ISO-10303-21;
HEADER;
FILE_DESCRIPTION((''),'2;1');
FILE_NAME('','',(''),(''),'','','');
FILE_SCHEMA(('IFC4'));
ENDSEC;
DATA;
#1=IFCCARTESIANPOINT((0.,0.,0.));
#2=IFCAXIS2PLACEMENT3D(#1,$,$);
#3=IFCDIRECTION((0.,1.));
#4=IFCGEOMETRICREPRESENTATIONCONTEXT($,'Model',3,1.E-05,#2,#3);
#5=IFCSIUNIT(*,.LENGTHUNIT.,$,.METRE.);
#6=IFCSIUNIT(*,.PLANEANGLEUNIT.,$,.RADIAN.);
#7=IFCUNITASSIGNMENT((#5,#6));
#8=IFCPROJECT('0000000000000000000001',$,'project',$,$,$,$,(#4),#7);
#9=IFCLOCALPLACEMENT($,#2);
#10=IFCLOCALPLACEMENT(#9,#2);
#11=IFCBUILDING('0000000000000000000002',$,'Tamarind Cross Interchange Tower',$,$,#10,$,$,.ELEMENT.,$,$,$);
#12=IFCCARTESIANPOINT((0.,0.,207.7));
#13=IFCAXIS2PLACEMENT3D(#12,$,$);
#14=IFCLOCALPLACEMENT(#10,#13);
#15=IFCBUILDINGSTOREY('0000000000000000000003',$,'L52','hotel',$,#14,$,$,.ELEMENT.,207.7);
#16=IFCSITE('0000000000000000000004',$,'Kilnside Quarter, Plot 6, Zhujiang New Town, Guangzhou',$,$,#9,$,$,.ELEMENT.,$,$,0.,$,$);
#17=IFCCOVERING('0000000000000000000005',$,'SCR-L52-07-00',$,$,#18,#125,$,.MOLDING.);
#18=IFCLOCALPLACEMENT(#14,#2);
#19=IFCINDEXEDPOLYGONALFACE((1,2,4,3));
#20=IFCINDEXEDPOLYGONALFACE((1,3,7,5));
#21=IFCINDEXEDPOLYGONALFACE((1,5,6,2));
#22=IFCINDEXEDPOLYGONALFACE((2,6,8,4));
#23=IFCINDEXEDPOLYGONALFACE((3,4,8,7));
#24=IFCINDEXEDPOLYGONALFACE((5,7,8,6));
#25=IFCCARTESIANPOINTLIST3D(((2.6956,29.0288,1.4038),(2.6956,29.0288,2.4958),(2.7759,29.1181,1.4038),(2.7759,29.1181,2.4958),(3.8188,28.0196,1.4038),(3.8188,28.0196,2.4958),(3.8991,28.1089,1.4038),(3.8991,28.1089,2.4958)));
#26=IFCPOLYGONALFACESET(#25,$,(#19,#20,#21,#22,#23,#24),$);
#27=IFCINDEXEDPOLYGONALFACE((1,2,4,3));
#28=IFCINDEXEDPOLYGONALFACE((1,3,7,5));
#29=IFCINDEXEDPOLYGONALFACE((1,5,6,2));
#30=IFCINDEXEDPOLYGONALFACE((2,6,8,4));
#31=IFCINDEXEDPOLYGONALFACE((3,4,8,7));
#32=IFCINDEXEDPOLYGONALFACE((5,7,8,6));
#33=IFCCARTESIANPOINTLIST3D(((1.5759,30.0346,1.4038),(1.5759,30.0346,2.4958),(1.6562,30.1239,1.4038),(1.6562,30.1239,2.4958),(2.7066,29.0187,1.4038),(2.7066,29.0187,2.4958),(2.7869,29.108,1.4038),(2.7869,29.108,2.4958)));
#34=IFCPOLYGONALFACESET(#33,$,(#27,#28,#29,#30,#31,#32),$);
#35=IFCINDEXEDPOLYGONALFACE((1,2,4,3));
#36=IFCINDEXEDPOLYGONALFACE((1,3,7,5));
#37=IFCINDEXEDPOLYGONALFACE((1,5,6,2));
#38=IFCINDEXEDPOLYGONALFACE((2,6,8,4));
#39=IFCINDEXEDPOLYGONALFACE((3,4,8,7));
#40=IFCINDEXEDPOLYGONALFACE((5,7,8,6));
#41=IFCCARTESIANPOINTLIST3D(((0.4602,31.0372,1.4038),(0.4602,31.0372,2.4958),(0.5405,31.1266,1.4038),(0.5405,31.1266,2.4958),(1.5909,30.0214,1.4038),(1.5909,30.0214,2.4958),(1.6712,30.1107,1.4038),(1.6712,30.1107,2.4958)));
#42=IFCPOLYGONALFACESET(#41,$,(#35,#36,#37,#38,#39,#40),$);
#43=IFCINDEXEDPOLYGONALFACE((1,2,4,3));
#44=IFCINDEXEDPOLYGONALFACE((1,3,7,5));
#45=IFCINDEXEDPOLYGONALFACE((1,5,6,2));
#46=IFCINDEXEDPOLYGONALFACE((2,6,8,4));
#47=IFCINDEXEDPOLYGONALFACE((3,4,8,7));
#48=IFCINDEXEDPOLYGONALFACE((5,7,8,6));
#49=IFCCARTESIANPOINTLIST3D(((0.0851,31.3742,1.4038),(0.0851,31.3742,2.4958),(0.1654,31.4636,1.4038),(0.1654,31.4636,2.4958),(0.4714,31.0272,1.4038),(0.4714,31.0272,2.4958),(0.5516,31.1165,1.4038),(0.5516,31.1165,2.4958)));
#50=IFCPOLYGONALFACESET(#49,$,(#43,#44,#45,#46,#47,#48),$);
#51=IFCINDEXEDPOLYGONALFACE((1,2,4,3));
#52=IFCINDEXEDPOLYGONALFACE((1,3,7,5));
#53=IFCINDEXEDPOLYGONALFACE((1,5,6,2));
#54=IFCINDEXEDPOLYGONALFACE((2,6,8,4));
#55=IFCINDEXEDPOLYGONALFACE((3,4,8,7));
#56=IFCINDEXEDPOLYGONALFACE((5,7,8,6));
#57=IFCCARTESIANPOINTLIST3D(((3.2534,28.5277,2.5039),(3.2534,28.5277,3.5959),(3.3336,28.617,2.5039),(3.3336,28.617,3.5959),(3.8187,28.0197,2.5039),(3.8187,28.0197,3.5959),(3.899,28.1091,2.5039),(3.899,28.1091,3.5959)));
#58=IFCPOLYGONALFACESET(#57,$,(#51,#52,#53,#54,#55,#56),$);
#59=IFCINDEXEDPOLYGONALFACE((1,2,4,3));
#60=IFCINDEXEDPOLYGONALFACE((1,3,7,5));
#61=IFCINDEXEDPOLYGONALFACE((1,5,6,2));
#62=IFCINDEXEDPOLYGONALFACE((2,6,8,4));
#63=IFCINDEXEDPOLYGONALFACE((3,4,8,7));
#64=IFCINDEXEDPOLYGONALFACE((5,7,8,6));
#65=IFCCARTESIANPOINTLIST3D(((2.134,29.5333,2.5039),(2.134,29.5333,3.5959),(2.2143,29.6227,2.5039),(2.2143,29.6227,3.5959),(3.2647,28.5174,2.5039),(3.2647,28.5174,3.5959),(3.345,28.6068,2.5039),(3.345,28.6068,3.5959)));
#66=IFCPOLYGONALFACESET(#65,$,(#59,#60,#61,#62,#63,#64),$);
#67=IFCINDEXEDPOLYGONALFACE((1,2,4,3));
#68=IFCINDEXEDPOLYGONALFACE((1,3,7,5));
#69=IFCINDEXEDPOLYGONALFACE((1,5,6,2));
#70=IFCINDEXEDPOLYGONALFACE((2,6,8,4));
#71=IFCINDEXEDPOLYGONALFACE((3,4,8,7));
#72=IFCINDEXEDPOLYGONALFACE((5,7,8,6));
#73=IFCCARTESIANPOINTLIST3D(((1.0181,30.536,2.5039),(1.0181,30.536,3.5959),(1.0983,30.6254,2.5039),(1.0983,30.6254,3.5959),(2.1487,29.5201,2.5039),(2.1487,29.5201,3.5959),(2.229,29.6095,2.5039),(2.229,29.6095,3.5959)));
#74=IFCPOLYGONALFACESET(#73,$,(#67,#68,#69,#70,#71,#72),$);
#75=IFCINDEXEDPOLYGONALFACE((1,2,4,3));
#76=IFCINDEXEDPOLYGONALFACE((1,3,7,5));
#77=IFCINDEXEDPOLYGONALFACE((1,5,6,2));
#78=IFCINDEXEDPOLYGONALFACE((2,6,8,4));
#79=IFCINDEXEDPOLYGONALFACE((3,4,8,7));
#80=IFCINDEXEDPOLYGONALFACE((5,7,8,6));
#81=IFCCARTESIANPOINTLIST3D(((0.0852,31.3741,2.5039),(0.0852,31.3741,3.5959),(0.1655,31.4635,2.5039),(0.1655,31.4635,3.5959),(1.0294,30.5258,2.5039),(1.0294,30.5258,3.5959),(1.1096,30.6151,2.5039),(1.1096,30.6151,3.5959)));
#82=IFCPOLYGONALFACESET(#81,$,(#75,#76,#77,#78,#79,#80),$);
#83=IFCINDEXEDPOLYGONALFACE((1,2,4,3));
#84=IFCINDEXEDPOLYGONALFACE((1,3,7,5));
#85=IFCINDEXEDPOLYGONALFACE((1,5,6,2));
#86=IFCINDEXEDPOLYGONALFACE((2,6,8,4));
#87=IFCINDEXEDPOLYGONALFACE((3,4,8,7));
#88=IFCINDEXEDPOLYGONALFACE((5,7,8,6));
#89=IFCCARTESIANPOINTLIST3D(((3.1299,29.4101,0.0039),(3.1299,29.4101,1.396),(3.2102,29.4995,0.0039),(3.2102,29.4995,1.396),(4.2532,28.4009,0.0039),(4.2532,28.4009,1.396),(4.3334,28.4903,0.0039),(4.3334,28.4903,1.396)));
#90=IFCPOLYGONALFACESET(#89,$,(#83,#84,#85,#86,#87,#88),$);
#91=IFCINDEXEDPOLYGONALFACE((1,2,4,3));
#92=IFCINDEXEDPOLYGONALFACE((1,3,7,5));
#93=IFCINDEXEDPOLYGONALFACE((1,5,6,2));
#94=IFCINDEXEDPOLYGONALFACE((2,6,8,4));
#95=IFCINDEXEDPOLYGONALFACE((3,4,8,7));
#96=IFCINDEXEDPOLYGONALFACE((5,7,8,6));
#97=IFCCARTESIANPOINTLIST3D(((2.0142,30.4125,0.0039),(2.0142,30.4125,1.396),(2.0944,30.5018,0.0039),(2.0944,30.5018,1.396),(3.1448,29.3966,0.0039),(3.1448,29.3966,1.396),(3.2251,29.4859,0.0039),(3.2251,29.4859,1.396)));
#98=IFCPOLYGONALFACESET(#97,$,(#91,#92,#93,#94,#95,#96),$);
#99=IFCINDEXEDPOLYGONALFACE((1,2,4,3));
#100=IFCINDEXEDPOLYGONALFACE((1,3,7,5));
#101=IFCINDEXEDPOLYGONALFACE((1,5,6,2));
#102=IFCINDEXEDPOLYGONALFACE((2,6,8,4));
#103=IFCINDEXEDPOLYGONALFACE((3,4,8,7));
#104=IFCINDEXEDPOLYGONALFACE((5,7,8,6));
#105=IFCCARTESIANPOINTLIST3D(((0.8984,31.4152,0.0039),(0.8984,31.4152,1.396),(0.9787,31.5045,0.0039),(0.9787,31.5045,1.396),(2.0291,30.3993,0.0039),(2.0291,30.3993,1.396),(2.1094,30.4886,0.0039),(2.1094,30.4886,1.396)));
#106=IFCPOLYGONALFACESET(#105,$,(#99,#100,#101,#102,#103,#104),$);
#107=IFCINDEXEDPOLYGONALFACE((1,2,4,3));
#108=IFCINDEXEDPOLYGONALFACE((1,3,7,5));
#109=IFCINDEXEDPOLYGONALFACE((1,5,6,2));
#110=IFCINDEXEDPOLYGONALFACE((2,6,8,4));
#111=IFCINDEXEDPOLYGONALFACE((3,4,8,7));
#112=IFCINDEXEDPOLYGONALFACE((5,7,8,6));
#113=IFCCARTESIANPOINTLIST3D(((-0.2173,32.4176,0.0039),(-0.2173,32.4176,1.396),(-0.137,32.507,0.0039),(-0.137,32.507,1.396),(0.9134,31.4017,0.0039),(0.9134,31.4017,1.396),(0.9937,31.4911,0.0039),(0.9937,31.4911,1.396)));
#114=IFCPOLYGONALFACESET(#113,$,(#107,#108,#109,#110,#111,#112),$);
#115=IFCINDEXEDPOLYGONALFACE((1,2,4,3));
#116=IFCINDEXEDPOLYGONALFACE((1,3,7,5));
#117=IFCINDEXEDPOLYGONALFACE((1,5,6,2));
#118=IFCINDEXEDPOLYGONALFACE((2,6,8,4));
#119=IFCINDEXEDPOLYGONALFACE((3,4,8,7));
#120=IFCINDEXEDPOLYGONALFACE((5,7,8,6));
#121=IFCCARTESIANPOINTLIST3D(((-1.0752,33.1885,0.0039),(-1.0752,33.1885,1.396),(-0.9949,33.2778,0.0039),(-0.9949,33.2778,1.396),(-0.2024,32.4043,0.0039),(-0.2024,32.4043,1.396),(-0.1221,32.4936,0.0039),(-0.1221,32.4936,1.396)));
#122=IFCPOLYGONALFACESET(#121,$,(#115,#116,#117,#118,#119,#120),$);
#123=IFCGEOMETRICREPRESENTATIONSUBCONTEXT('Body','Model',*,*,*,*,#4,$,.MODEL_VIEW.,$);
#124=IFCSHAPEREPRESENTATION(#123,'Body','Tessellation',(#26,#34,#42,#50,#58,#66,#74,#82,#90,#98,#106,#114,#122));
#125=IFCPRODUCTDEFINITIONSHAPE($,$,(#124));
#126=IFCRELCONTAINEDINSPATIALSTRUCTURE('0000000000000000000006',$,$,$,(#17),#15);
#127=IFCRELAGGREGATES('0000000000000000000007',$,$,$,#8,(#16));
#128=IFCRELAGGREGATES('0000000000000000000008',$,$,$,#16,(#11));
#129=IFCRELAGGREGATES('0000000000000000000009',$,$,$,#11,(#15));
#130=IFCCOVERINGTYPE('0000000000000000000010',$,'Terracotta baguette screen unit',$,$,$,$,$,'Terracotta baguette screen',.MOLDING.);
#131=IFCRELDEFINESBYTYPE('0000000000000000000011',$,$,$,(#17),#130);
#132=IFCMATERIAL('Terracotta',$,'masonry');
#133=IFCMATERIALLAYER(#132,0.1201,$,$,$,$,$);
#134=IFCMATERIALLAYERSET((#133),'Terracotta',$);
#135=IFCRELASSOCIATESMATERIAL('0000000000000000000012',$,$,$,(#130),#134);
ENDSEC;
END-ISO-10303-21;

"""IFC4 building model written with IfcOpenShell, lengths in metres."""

from ifc_helpers import new_model, si_unit, direction, frame, origin, origin_2d, place, context, subcontext, project, spatial, rectangle, extrude, material, layer, layer_set, type_object, element, save


model = new_model("IFC4")

# Units and contexts
model_context = context("Model", 3, precision=1e-05, world=origin(), true_north=direction((0.0, 1.0)))
body_context = subcontext(model_context, "Body", "Model", "MODEL_VIEW")
ifc_project = project(units=[si_unit("LENGTHUNIT", "METRE"), si_unit("PLANEANGLEUNIT", "RADIAN")], contexts=[model_context])

# Site, building, storey
site_placement = place(None, origin())
site = spatial("IfcSite", under=ifc_project, at=site_placement, Name="Kilnside Quarter, Plot 6, Zhujiang New Town, Guangzhou", CompositionType="ELEMENT", RefElevation=0.0)
building_placement = place(site_placement, origin())
building = spatial("IfcBuilding", under=site, at=building_placement, Name="Tamarind Cross Interchange Tower", CompositionType="ELEMENT")
storey_placement = place(building_placement, frame((0.0, 0.0, 207.7)))
storey = spatial("IfcBuildingStorey", under=building, at=storey_placement, Name="L52", Description="hotel", CompositionType="ELEMENT", Elevation=207.7)

# Covering
ifc_material_1 = material(Name="Terracotta", Category="masonry")
ifc_layer_1 = layer(ifc_material_1, 0.1201)
ifc_layer_set_1 = layer_set([ifc_layer_1], Name="Terracotta")
covering_type = type_object("IfcCoveringType", Name="Terracotta baguette screen unit", ElementType="Terracotta baguette screen", PredefinedType="MOLDING", material=ifc_layer_set_1)
covering_1_placement = place(storey_placement, origin())
element("IfcCovering", 1, at=covering_1_placement, inside=storey, type_object=covering_type, Name="SCR-L52-07-00", PredefinedType="MOLDING", context=body_context, shape_type="SweptSolid", body=[
    extrude(rectangle(XDim=1.51, YDim=0.1201, at=origin_2d()), frame((3.2974, 28.5688, 1.4038), z_axis=(0.0, 0.0, 1.0), x_axis=(-0.743854, 0.668342, 0.0)), (0.0, 0.0, 1.0), 1.092),
    extrude(rectangle(XDim=1.52, YDim=0.1201, at=origin_2d()), frame((2.1814, 29.5713, 1.4038), z_axis=(0.0, 0.0, 1.0), x_axis=(-0.743854, 0.668342, 0.0)), (0.0, 0.0, 1.0), 1.092),
    extrude(rectangle(XDim=1.52, YDim=0.1201, at=origin_2d()), frame((1.0657, 30.574, 1.4038), z_axis=(0.0, 0.0, 1.0), x_axis=(-0.743854, 0.668342, 0.0)), (0.0, 0.0, 1.0), 1.092),
    extrude(rectangle(XDim=0.5193, YDim=0.1201, at=origin_2d()), frame((0.3184, 31.2454, 1.4038), z_axis=(0.0, 0.0, 1.0), x_axis=(-0.743854, 0.668342, 0.0)), (0.0, 0.0, 1.0), 1.092),
    extrude(rectangle(XDim=0.76, YDim=0.1201, at=origin_2d()), frame((3.5762, 28.3184, 2.5039), z_axis=(0.0, 0.0, 1.0), x_axis=(-0.743854, 0.668342, 0.0)), (0.0, 0.0, 1.0), 1.092),
    extrude(rectangle(XDim=1.52, YDim=0.1201, at=origin_2d()), frame((2.7395, 29.0701, 2.5039), z_axis=(0.0, 0.0, 1.0), x_axis=(-0.743854, 0.668342, 0.0)), (0.0, 0.0, 1.0), 1.092),
    extrude(rectangle(XDim=1.52, YDim=0.1201, at=origin_2d()), frame((1.6235, 30.0728, 2.5039), z_axis=(0.0, 0.0, 1.0), x_axis=(-0.743854, 0.668342, 0.0)), (0.0, 0.0, 1.0), 1.092),
    extrude(rectangle(XDim=1.2693, YDim=0.1201, at=origin_2d()), frame((0.5974, 30.9946, 2.5039), z_axis=(0.0, 0.0, 1.0), x_axis=(-0.743854, 0.668342, 0.0)), (0.0, 0.0, 1.0), 1.092),
    extrude(rectangle(XDim=1.51, YDim=0.1201, at=origin_2d()), frame((3.7317, 28.9502, 0.0039), z_axis=(0.0, 0.0, 1.0), x_axis=(-0.743854, 0.668342, 0.0)), (0.0, 0.0, 1.0), 1.3921),
    extrude(rectangle(XDim=1.52, YDim=0.1201, at=origin_2d()), frame((2.6196, 29.9492, 0.0039), z_axis=(0.0, 0.0, 1.0), x_axis=(-0.743854, 0.668342, 0.0)), (0.0, 0.0, 1.0), 1.3921),
    extrude(rectangle(XDim=1.52, YDim=0.1201, at=origin_2d()), frame((1.5039, 30.9519, 0.0039), z_axis=(0.0, 0.0, 1.0), x_axis=(-0.743854, 0.668342, 0.0)), (0.0, 0.0, 1.0), 1.3921),
    extrude(rectangle(XDim=1.52, YDim=0.1201, at=origin_2d()), frame((0.3882, 31.9543, 0.0039), z_axis=(0.0, 0.0, 1.0), x_axis=(-0.743854, 0.668342, 0.0)), (0.0, 0.0, 1.0), 1.3921),
    extrude(rectangle(XDim=1.1733, YDim=0.1201, at=origin_2d()), frame((-0.5986, 32.8411, 0.0039), z_axis=(0.0, 0.0, 1.0), x_axis=(-0.743854, 0.668342, 0.0)), (0.0, 0.0, 1.0), 1.3921),
])

save(model, "model.ifc")
